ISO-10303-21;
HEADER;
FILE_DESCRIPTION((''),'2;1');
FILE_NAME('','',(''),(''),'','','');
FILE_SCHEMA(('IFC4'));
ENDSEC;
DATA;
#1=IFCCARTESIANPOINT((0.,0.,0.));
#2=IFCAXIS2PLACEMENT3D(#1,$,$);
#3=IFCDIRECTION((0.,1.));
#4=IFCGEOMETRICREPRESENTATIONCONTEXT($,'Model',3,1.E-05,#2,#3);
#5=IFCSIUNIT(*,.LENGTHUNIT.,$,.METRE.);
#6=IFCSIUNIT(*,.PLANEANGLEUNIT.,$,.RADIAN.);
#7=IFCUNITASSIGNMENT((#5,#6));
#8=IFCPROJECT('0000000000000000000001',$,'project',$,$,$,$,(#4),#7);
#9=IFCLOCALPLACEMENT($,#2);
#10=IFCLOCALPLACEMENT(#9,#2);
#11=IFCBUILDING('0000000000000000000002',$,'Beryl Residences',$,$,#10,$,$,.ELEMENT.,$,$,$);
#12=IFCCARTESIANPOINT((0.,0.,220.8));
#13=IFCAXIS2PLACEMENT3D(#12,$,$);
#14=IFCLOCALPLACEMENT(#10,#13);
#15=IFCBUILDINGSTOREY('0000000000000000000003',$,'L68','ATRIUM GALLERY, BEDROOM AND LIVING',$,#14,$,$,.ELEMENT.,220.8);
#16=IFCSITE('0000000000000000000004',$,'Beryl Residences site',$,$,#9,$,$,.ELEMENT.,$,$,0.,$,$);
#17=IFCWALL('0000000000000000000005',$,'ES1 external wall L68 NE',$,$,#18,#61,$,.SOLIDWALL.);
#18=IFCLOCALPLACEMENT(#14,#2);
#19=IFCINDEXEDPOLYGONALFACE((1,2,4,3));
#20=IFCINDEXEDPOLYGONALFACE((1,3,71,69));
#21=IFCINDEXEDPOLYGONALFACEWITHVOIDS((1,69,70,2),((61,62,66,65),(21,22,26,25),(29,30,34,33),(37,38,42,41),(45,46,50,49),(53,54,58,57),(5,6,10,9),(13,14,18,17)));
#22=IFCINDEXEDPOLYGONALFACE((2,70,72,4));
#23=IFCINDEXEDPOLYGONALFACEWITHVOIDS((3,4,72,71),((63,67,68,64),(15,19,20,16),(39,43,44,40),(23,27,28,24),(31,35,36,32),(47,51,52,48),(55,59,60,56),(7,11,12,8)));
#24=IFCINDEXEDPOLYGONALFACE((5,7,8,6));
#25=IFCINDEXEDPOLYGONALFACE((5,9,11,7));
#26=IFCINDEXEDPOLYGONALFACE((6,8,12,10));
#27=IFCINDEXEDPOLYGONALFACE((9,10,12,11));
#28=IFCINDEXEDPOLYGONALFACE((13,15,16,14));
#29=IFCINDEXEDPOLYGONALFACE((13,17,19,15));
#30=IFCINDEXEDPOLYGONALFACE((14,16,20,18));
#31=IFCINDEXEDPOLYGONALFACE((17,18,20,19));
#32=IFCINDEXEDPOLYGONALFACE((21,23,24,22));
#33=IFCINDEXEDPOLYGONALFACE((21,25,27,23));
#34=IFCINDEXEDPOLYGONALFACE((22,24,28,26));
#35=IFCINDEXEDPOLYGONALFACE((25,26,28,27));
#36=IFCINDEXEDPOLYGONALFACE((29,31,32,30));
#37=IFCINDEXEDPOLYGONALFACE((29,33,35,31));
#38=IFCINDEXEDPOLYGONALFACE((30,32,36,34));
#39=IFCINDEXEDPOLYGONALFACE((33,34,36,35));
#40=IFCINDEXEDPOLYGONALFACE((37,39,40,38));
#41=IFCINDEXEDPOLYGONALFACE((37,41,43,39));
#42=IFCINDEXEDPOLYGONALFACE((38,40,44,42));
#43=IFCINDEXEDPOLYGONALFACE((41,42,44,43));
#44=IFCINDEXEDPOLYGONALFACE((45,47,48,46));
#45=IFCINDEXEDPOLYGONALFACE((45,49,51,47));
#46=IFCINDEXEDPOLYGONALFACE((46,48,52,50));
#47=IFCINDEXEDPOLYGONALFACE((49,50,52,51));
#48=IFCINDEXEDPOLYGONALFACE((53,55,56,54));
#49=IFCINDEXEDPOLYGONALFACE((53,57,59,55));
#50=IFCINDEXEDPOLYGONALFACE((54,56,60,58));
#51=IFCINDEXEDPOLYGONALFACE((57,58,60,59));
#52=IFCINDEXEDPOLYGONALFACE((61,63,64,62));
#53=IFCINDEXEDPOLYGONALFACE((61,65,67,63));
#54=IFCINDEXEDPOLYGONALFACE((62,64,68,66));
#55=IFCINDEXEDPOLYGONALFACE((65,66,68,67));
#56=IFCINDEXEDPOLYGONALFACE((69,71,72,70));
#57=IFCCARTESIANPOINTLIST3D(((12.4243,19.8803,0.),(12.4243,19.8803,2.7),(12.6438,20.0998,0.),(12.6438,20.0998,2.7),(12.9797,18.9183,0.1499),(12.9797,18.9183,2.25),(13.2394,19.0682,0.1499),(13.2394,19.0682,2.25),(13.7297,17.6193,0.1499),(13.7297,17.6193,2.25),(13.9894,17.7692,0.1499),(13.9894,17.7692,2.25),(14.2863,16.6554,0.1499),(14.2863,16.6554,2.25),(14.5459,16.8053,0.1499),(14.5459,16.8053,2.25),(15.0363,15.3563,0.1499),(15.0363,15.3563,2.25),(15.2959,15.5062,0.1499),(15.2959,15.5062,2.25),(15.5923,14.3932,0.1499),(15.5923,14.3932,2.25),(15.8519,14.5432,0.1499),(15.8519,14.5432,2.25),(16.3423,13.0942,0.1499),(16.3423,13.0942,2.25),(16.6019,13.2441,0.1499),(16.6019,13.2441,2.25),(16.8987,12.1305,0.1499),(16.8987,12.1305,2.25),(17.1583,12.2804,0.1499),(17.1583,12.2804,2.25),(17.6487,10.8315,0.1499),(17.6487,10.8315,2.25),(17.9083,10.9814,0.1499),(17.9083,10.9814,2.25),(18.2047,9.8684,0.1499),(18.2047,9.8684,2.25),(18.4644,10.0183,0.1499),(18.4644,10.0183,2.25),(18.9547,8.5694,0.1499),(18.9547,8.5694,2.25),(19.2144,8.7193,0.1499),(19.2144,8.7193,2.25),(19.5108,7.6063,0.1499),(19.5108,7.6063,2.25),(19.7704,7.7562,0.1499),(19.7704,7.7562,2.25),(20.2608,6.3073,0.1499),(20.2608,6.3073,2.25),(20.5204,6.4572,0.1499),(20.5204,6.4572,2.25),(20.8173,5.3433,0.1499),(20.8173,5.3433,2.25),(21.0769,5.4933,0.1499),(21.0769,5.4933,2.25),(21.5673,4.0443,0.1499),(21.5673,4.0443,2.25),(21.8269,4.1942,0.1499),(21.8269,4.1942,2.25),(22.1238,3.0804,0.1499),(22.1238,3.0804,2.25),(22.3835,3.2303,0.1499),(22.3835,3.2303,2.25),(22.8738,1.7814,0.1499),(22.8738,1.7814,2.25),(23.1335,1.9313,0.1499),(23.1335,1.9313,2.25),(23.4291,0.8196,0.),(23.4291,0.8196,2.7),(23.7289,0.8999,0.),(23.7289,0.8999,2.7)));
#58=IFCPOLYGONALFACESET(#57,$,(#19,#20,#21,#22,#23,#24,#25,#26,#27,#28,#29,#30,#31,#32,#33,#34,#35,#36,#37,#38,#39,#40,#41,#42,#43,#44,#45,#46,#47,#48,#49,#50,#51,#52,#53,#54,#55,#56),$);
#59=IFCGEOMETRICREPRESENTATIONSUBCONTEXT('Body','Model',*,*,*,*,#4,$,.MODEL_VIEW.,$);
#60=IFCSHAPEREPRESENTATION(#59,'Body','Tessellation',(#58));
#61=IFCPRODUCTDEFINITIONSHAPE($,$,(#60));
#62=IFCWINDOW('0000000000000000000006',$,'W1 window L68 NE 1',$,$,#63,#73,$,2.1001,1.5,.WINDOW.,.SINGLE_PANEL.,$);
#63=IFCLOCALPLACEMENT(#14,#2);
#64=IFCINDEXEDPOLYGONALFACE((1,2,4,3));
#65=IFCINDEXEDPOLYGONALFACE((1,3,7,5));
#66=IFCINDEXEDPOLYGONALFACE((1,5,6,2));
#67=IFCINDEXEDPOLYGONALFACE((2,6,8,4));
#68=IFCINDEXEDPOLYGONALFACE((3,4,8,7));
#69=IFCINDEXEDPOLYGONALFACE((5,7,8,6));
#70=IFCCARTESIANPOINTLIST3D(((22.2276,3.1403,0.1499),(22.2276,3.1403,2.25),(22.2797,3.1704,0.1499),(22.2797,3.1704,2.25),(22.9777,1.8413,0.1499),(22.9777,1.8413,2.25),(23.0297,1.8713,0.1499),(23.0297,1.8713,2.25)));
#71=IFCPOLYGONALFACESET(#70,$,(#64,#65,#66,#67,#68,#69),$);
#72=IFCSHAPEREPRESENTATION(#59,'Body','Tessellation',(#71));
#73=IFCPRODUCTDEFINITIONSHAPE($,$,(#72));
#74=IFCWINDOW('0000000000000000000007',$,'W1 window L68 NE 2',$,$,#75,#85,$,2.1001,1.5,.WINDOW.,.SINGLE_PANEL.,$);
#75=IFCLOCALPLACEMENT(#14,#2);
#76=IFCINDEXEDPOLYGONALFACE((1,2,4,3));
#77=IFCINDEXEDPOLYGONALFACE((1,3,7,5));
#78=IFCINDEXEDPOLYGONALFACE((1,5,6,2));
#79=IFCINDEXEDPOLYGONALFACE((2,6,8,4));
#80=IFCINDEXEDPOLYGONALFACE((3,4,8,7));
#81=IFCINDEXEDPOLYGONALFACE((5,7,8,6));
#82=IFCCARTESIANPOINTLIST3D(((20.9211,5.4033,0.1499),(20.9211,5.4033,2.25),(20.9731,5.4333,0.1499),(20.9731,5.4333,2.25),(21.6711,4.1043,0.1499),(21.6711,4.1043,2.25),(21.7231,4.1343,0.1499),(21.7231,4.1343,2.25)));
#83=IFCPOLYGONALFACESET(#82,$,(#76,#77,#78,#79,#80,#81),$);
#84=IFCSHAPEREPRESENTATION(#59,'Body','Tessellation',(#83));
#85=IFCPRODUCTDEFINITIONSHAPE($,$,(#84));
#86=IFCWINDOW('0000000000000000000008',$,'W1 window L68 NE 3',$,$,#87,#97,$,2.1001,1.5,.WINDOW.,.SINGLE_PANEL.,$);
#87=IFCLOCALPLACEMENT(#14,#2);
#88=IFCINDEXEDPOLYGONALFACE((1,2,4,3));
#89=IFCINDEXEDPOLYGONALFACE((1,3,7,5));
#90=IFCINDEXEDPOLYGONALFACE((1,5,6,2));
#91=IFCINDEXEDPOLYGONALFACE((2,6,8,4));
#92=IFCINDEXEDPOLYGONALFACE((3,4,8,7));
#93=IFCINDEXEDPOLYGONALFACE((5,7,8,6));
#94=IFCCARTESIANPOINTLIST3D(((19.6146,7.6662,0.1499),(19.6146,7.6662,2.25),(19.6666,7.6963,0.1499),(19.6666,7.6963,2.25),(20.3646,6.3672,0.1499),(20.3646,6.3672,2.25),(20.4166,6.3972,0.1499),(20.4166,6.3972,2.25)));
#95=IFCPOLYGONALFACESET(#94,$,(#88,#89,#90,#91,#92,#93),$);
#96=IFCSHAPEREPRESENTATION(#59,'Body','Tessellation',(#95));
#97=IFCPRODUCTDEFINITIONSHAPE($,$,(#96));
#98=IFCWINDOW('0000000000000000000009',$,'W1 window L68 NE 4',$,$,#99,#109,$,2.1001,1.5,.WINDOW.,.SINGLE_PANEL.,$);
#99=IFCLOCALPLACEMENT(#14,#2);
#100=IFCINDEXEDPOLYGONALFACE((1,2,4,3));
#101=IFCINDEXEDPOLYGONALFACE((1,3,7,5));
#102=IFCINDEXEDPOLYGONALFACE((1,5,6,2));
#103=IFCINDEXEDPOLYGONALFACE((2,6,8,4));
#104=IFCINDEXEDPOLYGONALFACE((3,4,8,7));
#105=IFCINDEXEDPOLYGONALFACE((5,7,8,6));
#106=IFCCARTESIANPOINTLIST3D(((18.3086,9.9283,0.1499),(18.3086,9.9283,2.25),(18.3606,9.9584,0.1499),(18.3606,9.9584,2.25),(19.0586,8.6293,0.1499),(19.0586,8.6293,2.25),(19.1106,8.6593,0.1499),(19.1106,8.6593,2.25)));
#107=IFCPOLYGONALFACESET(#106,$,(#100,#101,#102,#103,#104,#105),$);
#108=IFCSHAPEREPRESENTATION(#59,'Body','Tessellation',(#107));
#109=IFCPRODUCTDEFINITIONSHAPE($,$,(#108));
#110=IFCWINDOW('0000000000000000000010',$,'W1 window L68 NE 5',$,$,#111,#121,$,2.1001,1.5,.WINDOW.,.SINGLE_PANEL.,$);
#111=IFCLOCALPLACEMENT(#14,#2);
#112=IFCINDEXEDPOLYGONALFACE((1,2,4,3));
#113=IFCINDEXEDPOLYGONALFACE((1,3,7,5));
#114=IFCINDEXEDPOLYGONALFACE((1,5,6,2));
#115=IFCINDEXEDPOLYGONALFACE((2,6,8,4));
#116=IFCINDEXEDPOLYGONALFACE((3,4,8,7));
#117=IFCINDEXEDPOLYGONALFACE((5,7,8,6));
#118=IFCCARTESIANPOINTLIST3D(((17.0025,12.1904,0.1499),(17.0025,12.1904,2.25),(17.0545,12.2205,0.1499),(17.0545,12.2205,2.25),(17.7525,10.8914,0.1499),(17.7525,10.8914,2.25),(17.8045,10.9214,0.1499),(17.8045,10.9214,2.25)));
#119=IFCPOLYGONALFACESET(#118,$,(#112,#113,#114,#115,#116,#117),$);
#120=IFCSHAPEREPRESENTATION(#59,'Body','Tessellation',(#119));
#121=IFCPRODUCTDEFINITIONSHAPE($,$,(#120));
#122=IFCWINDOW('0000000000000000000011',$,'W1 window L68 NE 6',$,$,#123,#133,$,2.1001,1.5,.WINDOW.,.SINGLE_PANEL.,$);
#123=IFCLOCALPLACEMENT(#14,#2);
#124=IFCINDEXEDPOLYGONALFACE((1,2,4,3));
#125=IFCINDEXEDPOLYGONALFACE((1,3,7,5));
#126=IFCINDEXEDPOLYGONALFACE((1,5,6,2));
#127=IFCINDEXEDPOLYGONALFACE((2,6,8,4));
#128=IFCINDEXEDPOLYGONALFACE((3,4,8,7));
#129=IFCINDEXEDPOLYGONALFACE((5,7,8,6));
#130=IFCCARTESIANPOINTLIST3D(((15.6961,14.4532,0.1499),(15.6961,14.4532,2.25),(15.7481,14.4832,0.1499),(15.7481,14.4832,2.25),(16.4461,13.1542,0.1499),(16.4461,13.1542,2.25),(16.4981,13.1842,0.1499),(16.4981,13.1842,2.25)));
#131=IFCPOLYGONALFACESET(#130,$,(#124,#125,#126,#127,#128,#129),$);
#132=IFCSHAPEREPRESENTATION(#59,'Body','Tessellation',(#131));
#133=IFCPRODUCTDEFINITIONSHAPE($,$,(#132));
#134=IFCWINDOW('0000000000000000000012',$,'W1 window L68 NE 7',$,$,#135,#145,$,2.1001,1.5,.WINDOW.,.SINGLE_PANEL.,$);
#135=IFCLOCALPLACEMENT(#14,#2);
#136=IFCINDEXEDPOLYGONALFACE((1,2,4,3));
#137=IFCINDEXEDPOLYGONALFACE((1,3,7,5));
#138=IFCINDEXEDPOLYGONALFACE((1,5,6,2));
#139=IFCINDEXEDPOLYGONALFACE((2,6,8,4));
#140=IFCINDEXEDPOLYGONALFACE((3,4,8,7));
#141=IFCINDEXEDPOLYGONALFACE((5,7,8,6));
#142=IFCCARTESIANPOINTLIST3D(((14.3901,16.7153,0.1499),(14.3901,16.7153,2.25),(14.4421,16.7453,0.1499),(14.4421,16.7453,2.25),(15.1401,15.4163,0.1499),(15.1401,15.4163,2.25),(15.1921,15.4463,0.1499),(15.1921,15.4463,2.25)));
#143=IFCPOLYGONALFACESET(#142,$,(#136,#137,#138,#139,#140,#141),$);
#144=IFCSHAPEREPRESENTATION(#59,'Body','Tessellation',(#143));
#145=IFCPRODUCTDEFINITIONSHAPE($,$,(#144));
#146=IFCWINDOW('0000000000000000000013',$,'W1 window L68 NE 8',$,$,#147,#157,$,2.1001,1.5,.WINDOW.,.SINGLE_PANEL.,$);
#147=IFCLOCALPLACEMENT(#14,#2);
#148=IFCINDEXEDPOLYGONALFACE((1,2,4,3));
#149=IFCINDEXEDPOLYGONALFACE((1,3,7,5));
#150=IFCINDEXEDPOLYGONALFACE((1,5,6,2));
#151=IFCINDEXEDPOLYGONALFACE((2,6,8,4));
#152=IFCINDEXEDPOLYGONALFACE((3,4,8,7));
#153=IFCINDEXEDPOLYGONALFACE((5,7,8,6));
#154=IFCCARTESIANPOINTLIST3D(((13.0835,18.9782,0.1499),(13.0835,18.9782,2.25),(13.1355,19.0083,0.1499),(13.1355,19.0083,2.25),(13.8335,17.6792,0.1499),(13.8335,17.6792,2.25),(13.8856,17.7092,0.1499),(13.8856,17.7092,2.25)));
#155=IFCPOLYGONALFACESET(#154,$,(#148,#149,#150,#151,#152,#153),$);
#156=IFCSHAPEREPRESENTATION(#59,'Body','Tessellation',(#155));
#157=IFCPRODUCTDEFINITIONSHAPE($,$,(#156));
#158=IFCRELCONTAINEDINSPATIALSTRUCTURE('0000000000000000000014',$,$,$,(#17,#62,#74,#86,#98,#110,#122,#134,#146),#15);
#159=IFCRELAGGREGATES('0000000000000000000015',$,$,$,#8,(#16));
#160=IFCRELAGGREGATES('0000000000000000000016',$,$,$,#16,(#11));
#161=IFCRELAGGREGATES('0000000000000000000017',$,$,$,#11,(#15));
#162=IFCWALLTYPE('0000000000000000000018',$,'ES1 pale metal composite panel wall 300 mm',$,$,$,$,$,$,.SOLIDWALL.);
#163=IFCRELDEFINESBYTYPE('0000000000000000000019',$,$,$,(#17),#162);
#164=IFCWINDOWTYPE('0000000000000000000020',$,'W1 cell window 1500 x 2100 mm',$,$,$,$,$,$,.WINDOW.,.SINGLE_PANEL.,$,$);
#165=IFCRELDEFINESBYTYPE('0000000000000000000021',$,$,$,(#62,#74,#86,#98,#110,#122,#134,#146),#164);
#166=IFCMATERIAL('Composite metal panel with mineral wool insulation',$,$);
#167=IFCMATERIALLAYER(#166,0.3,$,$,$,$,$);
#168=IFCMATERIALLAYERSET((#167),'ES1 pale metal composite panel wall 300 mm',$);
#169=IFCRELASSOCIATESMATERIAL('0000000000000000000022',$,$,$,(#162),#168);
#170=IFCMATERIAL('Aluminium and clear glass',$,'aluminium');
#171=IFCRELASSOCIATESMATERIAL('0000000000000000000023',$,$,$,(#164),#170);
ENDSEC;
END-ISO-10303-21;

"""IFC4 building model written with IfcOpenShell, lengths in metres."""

from ifc_helpers import new_model, si_unit, direction, frame, frame_2d, origin, place, context, subcontext, project, spatial, polyline, rectangle, outline, extrude, material, layer, layer_set, type_object, element, fill, save


model = new_model("IFC4")

# Units and contexts
model_context = context("Model", 3, precision=1e-05, world=origin(), true_north=direction((0.0, 1.0)))
body_context = subcontext(model_context, "Body", "Model", "MODEL_VIEW")
ifc_project = project(units=[si_unit("LENGTHUNIT", "METRE"), si_unit("PLANEANGLEUNIT", "RADIAN")], contexts=[model_context])

# Site, building, storey
site_placement = place(None, origin())
site = spatial("IfcSite", under=ifc_project, at=site_placement, Name="Beryl Residences site", CompositionType="ELEMENT", RefElevation=0.0)
building_placement = place(site_placement, origin())
building = spatial("IfcBuilding", under=site, at=building_placement, Name="Beryl Residences", CompositionType="ELEMENT")
storey_placement = place(building_placement, frame((0.0, 0.0, 220.8)))
storey = spatial("IfcBuildingStorey", under=building, at=storey_placement, Name="L68", Description="ATRIUM GALLERY, BEDROOM AND LIVING", CompositionType="ELEMENT", Elevation=220.8)

# Wall, openings, windows
ifc_material_1 = material(Name="Composite metal panel with mineral wool insulation")
ifc_layer_1 = layer(ifc_material_1, 0.3)
ifc_layer_set_1 = layer_set([ifc_layer_1], Name="ES1 pale metal composite panel wall 300 mm")
wall_type_1 = type_object("IfcWallType", Name="ES1 pale metal composite panel wall 300 mm", PredefinedType="SOLIDWALL", material=ifc_layer_set_1)
wall_1_placement = place(storey_placement, frame((23.5991, 0.825, 0.0), z_axis=(0.0, 0.0, 1.0), x_axis=(-0.500004, 0.866023, 0.0)))
wall_1 = element("IfcWall", 1, at=wall_1_placement, inside=storey, type_object=wall_type_1, Name="ES1 external wall L68 NE", PredefinedType="SOLIDWALL", context=body_context, shape_type="SweptSolid", body=[
    extrude(outline(polyline([(0.0, -0.1499), (22.1702, -0.1499), (22.0898, 0.1499), (0.0803, 0.1499), (0.0, -0.1499)])), origin(), (0.0, 0.0, 1.0), 2.7),
])
opening_1_placement = place(wall_1_placement, frame((1.1909, 0.0, 0.1499)))
opening_1 = element("IfcOpeningElement", 2, at=opening_1_placement, cuts=wall_1, PredefinedType="OPENING", context=body_context, shape_type="SweptSolid", body=[
    extrude(rectangle(XDim=1.5, YDim=2.1001, at=frame_2d((0.75, 1.05))), frame((0.0, 0.1599, 0.0), z_axis=(0.0, -1.0, 0.0), x_axis=(1.0, 0.0, 0.0)), (0.0, 0.0, 1.0), 0.3201),
])
opening_2_placement = place(wall_1_placement, frame((3.804, 0.0, 0.1499)))
opening_2 = element("IfcOpeningElement", 3, at=opening_2_placement, cuts=wall_1, PredefinedType="OPENING", context=body_context, shape_type="SweptSolid", body=[
    extrude(rectangle(XDim=1.5, YDim=2.1001, at=frame_2d((0.75, 1.05))), frame((0.0, 0.1599, 0.0), z_axis=(0.0, -1.0, 0.0), x_axis=(1.0, 0.0, 0.0)), (0.0, 0.0, 1.0), 0.3201),
])
opening_3_placement = place(wall_1_placement, frame((6.417, 0.0, 0.1499)))
opening_3 = element("IfcOpeningElement", 4, at=opening_3_placement, cuts=wall_1, PredefinedType="OPENING", context=body_context, shape_type="SweptSolid", body=[
    extrude(rectangle(XDim=1.5, YDim=2.1001, at=frame_2d((0.75, 1.05))), frame((0.0, 0.1599, 0.0), z_axis=(0.0, -1.0, 0.0), x_axis=(1.0, 0.0, 0.0)), (0.0, 0.0, 1.0), 0.3201),
])
opening_4_placement = place(wall_1_placement, frame((9.0291, 0.0, 0.1499)))
opening_4 = element("IfcOpeningElement", 5, at=opening_4_placement, cuts=wall_1, PredefinedType="OPENING", context=body_context, shape_type="SweptSolid", body=[
    extrude(rectangle(XDim=1.5, YDim=2.1001, at=frame_2d((0.75, 1.05))), frame((0.0, 0.1599, 0.0), z_axis=(0.0, -1.0, 0.0), x_axis=(1.0, 0.0, 0.0)), (0.0, 0.0, 1.0), 0.3201),
])
opening_5_placement = place(wall_1_placement, frame((11.6411, 0.0, 0.1499)))
opening_5 = element("IfcOpeningElement", 6, at=opening_5_placement, cuts=wall_1, PredefinedType="OPENING", context=body_context, shape_type="SweptSolid", body=[
    extrude(rectangle(XDim=1.5, YDim=2.1001, at=frame_2d((0.75, 1.05))), frame((0.0, 0.1599, 0.0), z_axis=(0.0, -1.0, 0.0), x_axis=(1.0, 0.0, 0.0)), (0.0, 0.0, 1.0), 0.3201),
])
opening_6_placement = place(wall_1_placement, frame((14.2539, 0.0, 0.1499)))
opening_6 = element("IfcOpeningElement", 7, at=opening_6_placement, cuts=wall_1, PredefinedType="OPENING", context=body_context, shape_type="SweptSolid", body=[
    extrude(rectangle(XDim=1.5, YDim=2.1001, at=frame_2d((0.75, 1.05))), frame((0.0, 0.1599, 0.0), z_axis=(0.0, -1.0, 0.0), x_axis=(1.0, 0.0, 0.0)), (0.0, 0.0, 1.0), 0.3201),
])
opening_7_placement = place(wall_1_placement, frame((16.866, 0.0, 0.1499)))
opening_7 = element("IfcOpeningElement", 8, at=opening_7_placement, cuts=wall_1, PredefinedType="OPENING", context=body_context, shape_type="SweptSolid", body=[
    extrude(rectangle(XDim=1.5, YDim=2.1001, at=frame_2d((0.75, 1.05))), frame((0.0, 0.1599, 0.0), z_axis=(0.0, -1.0, 0.0), x_axis=(1.0, 0.0, 0.0)), (0.0, 0.0, 1.0), 0.3201),
])
opening_8_placement = place(wall_1_placement, frame((19.479, 0.0, 0.1499)))
opening_8 = element("IfcOpeningElement", 9, at=opening_8_placement, cuts=wall_1, PredefinedType="OPENING", context=body_context, shape_type="SweptSolid", body=[
    extrude(rectangle(XDim=1.5, YDim=2.1001, at=frame_2d((0.75, 1.05))), frame((0.0, 0.1599, 0.0), z_axis=(0.0, -1.0, 0.0), x_axis=(1.0, 0.0, 0.0)), (0.0, 0.0, 1.0), 0.3201),
])
ifc_material_2 = material(Name="Aluminium and clear glass", Category="aluminium")
window_type = type_object("IfcWindowType", Name="W1 cell window 1500 x 2100 mm", PartitioningType="SINGLE_PANEL", PredefinedType="WINDOW", material=ifc_material_2)
window_1_placement = place(opening_1_placement, origin())
window_1 = element("IfcWindow", 10, at=window_1_placement, inside=storey, type_object=window_type, Name="W1 window L68 NE 1", OverallHeight=2.1001, OverallWidth=1.5, PartitioningType="SINGLE_PANEL", PredefinedType="WINDOW", context=body_context, shape_type="SweptSolid", body=[
    extrude(rectangle(XDim=1.5, YDim=2.1001, at=frame_2d((0.75, 1.05))), frame((0.0, 0.03, 0.0), z_axis=(0.0, -1.0, 0.0), x_axis=(1.0, 0.0, 0.0)), (0.0, 0.0, 1.0), 0.0601),
])
fill(opening_1, window_1)
window_2_placement = place(opening_2_placement, origin())
window_2 = element("IfcWindow", 11, at=window_2_placement, inside=storey, type_object=window_type, Name="W1 window L68 NE 2", OverallHeight=2.1001, OverallWidth=1.5, PartitioningType="SINGLE_PANEL", PredefinedType="WINDOW", context=body_context, shape_type="SweptSolid", body=[
    extrude(rectangle(XDim=1.5, YDim=2.1001, at=frame_2d((0.75, 1.05))), frame((0.0, 0.03, 0.0), z_axis=(0.0, -1.0, 0.0), x_axis=(1.0, 0.0, 0.0)), (0.0, 0.0, 1.0), 0.0601),
])
fill(opening_2, window_2)
window_3_placement = place(opening_3_placement, origin())
window_3 = element("IfcWindow", 12, at=window_3_placement, inside=storey, type_object=window_type, Name="W1 window L68 NE 3", OverallHeight=2.1001, OverallWidth=1.5, PartitioningType="SINGLE_PANEL", PredefinedType="WINDOW", context=body_context, shape_type="SweptSolid", body=[
    extrude(rectangle(XDim=1.5, YDim=2.1001, at=frame_2d((0.75, 1.05))), frame((0.0, 0.03, 0.0), z_axis=(0.0, -1.0, 0.0), x_axis=(1.0, 0.0, 0.0)), (0.0, 0.0, 1.0), 0.0601),
])
fill(opening_3, window_3)
window_4_placement = place(opening_4_placement, origin())
window_4 = element("IfcWindow", 13, at=window_4_placement, inside=storey, type_object=window_type, Name="W1 window L68 NE 4", OverallHeight=2.1001, OverallWidth=1.5, PartitioningType="SINGLE_PANEL", PredefinedType="WINDOW", context=body_context, shape_type="SweptSolid", body=[
    extrude(rectangle(XDim=1.5, YDim=2.1001, at=frame_2d((0.75, 1.05))), frame((0.0, 0.03, 0.0), z_axis=(0.0, -1.0, 0.0), x_axis=(1.0, 0.0, 0.0)), (0.0, 0.0, 1.0), 0.0601),
])
fill(opening_4, window_4)
window_5_placement = place(opening_5_placement, origin())
window_5 = element("IfcWindow", 14, at=window_5_placement, inside=storey, type_object=window_type, Name="W1 window L68 NE 5", OverallHeight=2.1001, OverallWidth=1.5, PartitioningType="SINGLE_PANEL", PredefinedType="WINDOW", context=body_context, shape_type="SweptSolid", body=[
    extrude(rectangle(XDim=1.5, YDim=2.1001, at=frame_2d((0.75, 1.05))), frame((0.0, 0.03, 0.0), z_axis=(0.0, -1.0, 0.0), x_axis=(1.0, 0.0, 0.0)), (0.0, 0.0, 1.0), 0.0601),
])
fill(opening_5, window_5)
window_6_placement = place(opening_6_placement, origin())
window_6 = element("IfcWindow", 15, at=window_6_placement, inside=storey, type_object=window_type, Name="W1 window L68 NE 6", OverallHeight=2.1001, OverallWidth=1.5, PartitioningType="SINGLE_PANEL", PredefinedType="WINDOW", context=body_context, shape_type="SweptSolid", body=[
    extrude(rectangle(XDim=1.5, YDim=2.1001, at=frame_2d((0.75, 1.05))), frame((0.0, 0.03, 0.0), z_axis=(0.0, -1.0, 0.0), x_axis=(1.0, 0.0, 0.0)), (0.0, 0.0, 1.0), 0.0601),
])
fill(opening_6, window_6)
window_7_placement = place(opening_7_placement, origin())
window_7 = element("IfcWindow", 16, at=window_7_placement, inside=storey, type_object=window_type, Name="W1 window L68 NE 7", OverallHeight=2.1001, OverallWidth=1.5, PartitioningType="SINGLE_PANEL", PredefinedType="WINDOW", context=body_context, shape_type="SweptSolid", body=[
    extrude(rectangle(XDim=1.5, YDim=2.1001, at=frame_2d((0.75, 1.05))), frame((0.0, 0.03, 0.0), z_axis=(0.0, -1.0, 0.0), x_axis=(1.0, 0.0, 0.0)), (0.0, 0.0, 1.0), 0.0601),
])
fill(opening_7, window_7)
window_8_placement = place(opening_8_placement, origin())
window_8 = element("IfcWindow", 17, at=window_8_placement, inside=storey, type_object=window_type, Name="W1 window L68 NE 8", OverallHeight=2.1001, OverallWidth=1.5, PartitioningType="SINGLE_PANEL", PredefinedType="WINDOW", context=body_context, shape_type="SweptSolid", body=[
    extrude(rectangle(XDim=1.5, YDim=2.1001, at=frame_2d((0.75, 1.05))), frame((0.0, 0.03, 0.0), z_axis=(0.0, -1.0, 0.0), x_axis=(1.0, 0.0, 0.0)), (0.0, 0.0, 1.0), 0.0601),
])
fill(opening_8, window_8)

save(model, "model.ifc")
